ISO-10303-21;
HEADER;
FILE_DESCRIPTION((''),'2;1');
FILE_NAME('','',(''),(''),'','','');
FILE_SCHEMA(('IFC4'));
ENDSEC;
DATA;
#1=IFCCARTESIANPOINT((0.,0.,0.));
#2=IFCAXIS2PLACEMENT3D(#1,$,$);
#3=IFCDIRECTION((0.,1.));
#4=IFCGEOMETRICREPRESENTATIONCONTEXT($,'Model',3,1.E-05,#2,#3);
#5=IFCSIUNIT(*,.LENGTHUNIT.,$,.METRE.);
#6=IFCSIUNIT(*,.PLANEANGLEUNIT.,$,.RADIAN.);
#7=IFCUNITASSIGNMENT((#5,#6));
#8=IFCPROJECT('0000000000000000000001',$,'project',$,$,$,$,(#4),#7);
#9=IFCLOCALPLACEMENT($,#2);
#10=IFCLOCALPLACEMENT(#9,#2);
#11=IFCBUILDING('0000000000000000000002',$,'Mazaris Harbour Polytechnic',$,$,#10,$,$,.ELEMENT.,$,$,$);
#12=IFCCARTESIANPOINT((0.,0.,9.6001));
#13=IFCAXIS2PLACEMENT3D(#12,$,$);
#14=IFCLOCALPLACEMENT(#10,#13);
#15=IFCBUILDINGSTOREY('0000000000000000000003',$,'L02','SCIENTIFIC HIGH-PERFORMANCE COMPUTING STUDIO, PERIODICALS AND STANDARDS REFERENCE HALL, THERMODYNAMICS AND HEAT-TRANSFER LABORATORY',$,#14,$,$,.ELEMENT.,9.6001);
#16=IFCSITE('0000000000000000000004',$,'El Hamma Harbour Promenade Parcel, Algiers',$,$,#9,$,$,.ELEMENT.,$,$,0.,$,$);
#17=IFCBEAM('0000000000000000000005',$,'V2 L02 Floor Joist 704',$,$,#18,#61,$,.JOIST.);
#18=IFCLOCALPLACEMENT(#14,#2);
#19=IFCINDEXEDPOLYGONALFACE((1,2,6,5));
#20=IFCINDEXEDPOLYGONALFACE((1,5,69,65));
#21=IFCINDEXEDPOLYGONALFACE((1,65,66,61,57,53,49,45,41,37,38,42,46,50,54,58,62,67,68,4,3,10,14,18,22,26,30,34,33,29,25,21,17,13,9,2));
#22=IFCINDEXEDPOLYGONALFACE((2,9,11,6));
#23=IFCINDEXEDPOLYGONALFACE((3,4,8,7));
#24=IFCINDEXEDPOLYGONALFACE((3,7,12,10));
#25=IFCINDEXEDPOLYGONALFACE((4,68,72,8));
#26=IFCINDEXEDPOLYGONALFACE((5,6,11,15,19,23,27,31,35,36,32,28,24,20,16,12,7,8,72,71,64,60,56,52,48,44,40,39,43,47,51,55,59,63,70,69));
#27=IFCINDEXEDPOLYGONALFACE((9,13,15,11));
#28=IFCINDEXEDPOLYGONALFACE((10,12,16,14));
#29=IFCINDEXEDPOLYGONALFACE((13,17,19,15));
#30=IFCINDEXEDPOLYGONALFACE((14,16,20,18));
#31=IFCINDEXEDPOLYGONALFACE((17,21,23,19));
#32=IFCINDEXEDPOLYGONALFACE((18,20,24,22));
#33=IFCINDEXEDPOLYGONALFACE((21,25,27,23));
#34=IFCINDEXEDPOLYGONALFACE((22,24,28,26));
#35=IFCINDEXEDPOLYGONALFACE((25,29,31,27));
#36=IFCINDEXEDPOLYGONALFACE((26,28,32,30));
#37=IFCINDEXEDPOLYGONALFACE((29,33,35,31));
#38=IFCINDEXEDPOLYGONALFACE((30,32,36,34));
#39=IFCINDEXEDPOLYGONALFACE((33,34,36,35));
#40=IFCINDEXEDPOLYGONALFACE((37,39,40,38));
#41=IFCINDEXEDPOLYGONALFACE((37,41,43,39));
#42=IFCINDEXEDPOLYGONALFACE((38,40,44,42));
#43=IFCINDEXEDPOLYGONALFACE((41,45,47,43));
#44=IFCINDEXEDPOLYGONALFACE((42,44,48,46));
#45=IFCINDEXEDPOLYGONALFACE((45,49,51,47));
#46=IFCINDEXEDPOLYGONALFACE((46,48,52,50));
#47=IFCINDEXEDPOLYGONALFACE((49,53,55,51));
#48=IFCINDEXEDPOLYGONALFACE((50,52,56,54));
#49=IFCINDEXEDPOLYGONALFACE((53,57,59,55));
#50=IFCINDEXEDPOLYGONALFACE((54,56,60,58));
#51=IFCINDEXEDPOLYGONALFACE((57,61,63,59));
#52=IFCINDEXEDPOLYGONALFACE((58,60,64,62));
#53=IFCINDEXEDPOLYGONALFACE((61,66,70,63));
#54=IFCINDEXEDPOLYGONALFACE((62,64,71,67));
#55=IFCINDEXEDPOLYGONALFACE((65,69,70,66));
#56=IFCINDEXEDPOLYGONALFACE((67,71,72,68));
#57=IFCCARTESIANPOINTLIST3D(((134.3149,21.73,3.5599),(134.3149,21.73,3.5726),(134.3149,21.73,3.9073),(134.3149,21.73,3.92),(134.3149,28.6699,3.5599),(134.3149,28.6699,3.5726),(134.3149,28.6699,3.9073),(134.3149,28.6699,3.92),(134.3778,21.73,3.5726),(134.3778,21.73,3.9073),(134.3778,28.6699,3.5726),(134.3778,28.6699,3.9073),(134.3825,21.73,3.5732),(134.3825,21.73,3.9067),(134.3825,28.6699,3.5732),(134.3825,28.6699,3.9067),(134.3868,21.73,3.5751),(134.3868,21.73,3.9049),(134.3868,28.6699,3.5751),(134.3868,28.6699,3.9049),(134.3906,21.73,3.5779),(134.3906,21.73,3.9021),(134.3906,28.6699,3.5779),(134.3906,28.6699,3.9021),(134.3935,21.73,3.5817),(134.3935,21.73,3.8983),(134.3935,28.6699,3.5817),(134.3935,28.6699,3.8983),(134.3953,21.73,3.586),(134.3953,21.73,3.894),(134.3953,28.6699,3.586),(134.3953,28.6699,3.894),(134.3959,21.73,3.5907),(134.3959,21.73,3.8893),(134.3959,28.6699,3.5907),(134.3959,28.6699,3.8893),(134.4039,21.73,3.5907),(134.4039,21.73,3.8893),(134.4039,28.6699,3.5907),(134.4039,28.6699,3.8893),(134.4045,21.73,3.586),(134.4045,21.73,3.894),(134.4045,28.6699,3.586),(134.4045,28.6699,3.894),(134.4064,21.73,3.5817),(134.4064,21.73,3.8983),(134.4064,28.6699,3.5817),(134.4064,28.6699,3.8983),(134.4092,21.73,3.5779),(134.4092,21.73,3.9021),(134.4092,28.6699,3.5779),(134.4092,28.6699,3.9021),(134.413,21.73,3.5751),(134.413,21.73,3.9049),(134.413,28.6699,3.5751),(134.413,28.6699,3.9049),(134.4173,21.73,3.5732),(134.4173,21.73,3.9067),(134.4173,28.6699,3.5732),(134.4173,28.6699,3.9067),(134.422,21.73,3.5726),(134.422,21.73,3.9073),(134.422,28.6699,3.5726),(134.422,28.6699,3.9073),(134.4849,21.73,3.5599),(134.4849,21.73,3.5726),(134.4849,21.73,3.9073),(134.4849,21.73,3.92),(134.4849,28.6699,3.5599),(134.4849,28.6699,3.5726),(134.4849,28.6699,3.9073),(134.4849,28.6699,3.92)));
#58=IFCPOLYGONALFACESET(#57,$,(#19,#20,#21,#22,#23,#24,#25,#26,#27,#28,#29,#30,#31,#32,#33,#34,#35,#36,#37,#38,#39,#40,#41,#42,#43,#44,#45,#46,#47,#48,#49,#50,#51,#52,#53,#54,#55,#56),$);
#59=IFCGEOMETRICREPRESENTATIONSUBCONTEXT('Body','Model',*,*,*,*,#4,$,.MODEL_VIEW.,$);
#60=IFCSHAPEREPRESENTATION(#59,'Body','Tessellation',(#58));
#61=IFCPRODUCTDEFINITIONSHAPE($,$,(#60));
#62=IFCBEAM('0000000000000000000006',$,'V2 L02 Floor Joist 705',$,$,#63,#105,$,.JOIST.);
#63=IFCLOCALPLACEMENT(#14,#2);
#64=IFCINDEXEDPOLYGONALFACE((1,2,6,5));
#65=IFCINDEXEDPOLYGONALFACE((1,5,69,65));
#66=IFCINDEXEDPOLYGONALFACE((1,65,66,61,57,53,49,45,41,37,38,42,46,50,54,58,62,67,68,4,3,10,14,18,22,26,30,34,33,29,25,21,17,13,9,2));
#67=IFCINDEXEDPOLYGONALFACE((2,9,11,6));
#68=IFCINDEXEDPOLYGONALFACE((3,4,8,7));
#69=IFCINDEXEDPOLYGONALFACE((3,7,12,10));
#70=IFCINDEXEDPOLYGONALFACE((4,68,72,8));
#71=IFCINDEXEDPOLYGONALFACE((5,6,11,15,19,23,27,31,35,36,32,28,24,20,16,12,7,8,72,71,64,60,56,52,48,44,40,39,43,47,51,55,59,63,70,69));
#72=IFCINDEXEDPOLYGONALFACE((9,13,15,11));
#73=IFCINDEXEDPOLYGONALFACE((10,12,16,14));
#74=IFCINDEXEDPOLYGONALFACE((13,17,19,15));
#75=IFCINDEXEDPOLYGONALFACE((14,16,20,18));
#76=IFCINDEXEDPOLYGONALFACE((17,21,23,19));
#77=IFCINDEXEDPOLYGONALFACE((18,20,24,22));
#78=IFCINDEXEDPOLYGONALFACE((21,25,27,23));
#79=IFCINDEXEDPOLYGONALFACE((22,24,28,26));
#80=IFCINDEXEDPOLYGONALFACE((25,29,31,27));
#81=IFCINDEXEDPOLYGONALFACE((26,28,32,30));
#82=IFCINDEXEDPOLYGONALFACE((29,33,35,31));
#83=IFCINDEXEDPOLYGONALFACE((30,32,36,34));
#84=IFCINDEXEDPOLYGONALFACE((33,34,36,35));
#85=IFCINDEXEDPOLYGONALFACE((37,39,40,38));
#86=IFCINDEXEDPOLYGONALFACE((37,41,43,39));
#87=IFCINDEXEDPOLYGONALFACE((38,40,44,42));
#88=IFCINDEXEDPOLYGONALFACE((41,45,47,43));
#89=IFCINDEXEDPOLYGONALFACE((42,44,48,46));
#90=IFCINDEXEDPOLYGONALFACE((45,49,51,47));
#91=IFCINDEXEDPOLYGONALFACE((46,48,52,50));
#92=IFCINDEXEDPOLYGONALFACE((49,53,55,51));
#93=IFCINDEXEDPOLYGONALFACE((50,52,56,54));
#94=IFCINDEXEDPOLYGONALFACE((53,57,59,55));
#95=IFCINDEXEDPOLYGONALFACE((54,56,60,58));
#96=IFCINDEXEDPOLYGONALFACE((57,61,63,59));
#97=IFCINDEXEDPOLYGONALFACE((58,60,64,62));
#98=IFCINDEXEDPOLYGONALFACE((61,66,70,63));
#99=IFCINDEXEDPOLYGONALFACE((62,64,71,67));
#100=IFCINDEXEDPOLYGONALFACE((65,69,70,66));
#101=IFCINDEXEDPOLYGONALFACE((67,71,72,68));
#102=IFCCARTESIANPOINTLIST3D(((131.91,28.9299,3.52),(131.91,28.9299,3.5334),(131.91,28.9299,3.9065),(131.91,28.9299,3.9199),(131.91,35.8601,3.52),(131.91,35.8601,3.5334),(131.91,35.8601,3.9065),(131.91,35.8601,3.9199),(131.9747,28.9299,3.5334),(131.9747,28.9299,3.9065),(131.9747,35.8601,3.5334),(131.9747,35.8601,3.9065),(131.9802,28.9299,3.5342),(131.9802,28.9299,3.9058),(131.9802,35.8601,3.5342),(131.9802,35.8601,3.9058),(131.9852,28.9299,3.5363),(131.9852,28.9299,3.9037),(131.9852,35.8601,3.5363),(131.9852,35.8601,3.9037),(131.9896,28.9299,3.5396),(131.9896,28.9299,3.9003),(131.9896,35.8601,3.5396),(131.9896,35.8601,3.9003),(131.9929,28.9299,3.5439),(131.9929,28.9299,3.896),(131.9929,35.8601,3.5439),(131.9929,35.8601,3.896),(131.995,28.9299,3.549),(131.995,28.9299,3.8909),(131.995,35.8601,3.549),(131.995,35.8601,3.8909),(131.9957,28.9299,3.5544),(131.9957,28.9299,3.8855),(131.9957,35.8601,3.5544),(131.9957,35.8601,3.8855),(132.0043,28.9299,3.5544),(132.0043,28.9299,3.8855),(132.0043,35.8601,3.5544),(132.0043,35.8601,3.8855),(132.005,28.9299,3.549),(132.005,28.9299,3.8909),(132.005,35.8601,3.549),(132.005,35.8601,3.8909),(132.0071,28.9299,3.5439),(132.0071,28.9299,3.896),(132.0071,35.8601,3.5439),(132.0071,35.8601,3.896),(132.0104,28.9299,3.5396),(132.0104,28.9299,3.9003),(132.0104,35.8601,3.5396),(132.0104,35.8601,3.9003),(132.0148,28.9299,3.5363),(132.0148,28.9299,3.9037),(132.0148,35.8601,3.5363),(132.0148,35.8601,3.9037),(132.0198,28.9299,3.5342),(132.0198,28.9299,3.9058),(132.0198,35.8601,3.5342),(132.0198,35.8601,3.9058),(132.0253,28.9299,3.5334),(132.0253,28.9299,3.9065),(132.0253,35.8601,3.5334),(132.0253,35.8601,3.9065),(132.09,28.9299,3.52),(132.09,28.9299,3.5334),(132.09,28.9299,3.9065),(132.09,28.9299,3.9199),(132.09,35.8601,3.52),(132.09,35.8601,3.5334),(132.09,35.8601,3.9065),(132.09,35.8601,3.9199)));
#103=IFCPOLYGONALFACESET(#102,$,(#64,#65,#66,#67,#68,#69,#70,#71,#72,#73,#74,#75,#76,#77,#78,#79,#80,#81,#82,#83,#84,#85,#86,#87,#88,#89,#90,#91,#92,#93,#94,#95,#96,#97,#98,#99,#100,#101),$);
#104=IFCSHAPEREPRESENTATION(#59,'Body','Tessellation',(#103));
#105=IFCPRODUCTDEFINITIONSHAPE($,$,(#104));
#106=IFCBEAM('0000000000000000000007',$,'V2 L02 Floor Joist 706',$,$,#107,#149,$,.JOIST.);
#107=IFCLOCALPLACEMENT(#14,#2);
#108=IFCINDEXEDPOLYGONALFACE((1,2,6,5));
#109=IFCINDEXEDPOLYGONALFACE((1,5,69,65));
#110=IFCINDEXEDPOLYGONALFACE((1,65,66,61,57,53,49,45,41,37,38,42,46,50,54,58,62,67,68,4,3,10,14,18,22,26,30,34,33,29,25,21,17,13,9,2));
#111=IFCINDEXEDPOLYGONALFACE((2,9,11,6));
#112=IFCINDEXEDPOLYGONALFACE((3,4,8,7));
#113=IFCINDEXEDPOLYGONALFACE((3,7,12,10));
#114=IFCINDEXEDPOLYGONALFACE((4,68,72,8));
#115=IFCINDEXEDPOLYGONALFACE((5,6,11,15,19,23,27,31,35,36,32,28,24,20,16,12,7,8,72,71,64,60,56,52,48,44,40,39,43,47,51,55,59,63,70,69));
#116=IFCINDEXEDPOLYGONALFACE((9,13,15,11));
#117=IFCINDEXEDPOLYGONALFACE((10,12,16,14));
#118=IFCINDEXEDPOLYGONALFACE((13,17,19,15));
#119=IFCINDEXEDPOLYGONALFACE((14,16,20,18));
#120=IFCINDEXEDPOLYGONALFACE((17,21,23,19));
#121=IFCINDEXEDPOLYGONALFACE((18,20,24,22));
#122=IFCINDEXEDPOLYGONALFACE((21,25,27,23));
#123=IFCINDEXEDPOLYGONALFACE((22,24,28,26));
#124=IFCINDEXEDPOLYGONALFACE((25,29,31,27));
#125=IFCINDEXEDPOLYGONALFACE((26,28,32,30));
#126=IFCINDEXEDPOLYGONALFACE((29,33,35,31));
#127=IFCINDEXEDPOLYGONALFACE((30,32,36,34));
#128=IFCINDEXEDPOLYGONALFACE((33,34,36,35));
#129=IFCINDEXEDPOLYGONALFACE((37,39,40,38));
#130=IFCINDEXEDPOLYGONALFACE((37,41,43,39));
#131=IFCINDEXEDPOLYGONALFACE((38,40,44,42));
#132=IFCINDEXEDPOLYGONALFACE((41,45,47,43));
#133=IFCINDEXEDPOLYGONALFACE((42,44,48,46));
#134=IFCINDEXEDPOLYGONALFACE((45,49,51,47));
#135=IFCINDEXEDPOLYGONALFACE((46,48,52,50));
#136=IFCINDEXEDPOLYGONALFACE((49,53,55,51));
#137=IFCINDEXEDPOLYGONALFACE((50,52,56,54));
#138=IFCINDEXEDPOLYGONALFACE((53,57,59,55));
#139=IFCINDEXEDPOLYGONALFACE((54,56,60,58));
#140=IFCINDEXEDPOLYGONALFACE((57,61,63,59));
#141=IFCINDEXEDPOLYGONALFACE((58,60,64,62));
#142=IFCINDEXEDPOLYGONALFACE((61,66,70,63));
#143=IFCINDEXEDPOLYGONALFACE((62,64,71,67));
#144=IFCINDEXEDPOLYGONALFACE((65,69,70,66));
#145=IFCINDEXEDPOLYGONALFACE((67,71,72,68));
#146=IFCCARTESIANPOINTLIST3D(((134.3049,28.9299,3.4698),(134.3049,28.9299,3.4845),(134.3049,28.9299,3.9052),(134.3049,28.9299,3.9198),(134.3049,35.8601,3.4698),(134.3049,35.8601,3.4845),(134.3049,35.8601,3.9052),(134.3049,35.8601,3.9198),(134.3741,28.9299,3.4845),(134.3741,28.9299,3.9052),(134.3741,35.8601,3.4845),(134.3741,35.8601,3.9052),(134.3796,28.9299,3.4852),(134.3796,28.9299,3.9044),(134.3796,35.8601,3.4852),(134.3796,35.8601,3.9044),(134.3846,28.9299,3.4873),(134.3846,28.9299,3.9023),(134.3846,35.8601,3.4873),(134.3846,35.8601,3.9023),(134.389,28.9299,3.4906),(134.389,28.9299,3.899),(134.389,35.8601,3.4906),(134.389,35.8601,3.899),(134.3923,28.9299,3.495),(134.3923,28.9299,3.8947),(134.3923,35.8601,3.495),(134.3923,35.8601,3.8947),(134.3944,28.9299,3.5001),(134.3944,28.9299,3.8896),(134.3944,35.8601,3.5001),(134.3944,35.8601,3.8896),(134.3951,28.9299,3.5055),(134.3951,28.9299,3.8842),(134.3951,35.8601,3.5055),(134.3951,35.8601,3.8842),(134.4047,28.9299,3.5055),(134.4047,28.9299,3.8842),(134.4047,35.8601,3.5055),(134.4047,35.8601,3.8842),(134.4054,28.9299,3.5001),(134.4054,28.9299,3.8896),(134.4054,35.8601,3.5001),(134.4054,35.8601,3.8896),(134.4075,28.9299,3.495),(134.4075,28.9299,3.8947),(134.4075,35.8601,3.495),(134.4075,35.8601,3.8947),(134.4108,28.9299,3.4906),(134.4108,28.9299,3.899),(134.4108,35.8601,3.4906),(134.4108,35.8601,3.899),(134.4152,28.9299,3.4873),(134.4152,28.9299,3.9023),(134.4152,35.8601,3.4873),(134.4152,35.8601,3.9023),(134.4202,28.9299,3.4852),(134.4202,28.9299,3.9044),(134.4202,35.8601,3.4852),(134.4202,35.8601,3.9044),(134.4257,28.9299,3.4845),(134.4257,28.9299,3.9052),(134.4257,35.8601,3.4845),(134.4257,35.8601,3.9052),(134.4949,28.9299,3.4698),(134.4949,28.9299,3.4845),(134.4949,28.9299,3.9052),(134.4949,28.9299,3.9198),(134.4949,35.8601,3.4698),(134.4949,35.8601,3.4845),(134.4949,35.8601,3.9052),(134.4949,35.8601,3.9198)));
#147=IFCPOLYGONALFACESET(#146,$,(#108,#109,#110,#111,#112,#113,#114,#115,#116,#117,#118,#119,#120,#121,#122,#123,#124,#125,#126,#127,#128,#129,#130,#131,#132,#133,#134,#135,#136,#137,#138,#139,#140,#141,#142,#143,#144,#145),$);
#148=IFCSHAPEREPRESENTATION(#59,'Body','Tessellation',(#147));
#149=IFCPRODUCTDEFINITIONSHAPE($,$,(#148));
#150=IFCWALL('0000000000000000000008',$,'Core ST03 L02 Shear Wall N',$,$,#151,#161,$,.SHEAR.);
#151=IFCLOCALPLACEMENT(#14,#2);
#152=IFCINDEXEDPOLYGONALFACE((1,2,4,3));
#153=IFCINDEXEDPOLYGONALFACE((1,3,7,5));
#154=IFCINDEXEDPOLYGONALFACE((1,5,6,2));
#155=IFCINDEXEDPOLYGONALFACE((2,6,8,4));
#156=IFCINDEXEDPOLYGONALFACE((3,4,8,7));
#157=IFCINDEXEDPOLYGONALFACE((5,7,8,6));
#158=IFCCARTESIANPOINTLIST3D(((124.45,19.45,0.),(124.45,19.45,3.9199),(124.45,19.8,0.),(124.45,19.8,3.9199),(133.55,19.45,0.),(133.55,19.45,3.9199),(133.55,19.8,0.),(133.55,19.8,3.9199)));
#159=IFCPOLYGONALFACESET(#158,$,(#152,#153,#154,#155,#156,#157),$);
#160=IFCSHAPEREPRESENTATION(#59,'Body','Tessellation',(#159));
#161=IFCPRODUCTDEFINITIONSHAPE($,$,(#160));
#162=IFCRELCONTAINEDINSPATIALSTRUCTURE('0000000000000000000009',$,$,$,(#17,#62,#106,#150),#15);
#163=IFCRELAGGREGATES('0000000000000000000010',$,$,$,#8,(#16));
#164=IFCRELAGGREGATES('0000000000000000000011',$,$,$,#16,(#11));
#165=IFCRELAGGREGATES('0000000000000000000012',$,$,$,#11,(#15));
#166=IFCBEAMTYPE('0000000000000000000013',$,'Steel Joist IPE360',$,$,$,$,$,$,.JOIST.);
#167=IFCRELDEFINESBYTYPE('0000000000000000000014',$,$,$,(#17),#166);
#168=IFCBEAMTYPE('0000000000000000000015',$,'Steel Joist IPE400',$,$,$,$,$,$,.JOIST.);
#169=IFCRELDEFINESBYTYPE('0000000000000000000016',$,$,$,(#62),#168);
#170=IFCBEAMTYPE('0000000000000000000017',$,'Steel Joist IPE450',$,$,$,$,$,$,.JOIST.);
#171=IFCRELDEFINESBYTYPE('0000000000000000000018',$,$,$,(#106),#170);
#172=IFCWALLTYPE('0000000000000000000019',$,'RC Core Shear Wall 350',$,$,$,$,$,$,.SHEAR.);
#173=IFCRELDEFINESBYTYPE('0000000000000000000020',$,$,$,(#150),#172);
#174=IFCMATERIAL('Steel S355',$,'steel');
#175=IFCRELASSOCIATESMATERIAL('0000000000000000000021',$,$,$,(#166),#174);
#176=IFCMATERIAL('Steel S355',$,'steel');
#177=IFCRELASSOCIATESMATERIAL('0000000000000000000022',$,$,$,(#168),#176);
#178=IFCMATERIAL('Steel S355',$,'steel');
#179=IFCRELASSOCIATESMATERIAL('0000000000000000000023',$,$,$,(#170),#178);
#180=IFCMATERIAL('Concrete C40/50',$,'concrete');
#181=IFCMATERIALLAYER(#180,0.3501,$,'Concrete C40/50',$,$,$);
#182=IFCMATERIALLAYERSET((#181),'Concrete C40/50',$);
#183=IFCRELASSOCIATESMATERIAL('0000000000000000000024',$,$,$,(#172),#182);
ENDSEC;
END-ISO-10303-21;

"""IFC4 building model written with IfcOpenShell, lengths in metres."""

from ifc_helpers import new_model, si_unit, direction, frame, frame_2d, origin, origin_2d, place, context, subcontext, project, spatial, rectangle, i_section, extrude, material, layer, layer_set, material_profile, profile_set, type_object, element, save


model = new_model("IFC4")

# Units and contexts
model_context = context("Model", 3, precision=1e-05, world=origin(), true_north=direction((0.0, 1.0)))
body_context = subcontext(model_context, "Body", "Model", "MODEL_VIEW")
ifc_project = project(units=[si_unit("LENGTHUNIT", "METRE"), si_unit("PLANEANGLEUNIT", "RADIAN")], contexts=[model_context])

# Site, building, storey
site_placement = place(None, origin())
site = spatial("IfcSite", under=ifc_project, at=site_placement, Name="El Hamma Harbour Promenade Parcel, Algiers", CompositionType="ELEMENT", RefElevation=0.0)
building_placement = place(site_placement, origin())
building = spatial("IfcBuilding", under=site, at=building_placement, Name="Mazaris Harbour Polytechnic", CompositionType="ELEMENT")
storey_placement = place(building_placement, frame((0.0, 0.0, 9.6001)))
storey = spatial("IfcBuildingStorey", under=building, at=storey_placement, Name="L02", Description="SCIENTIFIC HIGH-PERFORMANCE COMPUTING STUDIO, PERIODICALS AND STANDARDS REFERENCE HALL, THERMODYNAMICS AND HEAT-TRANSFER LABORATORY", CompositionType="ELEMENT", Elevation=9.6001)

# Beams
ifc_material_1 = material(Name="Steel S355", Category="steel")
ifc_material_profile_1 = material_profile(ifc_material_1, i_section(OverallWidth=0.1699, OverallDepth=0.3601, WebThickness=0.0081, FlangeThickness=0.0127, FilletRadius=0.0181, at=origin_2d()), Name="IPE 360")
ifc_profile_set_1 = profile_set([ifc_material_profile_1], Name="Steel S355")
beam_type_1 = type_object("IfcBeamType", Name="Steel Joist IPE360", PredefinedType="JOIST", material=ifc_profile_set_1)
beam_1_placement = place(storey_placement, frame((134.3999, 21.73, 3.74), z_axis=(0.0, 1.0, 0.0), x_axis=(-1.0, 0.0, 0.0)))
element("IfcBeam", 1, at=beam_1_placement, inside=storey, type_object=beam_type_1, Name="V2 L02 Floor Joist 704", PredefinedType="JOIST", context=body_context, shape_type="SweptSolid", body=[
    extrude(i_section(OverallWidth=0.1699, OverallDepth=0.3601, WebThickness=0.0081, FlangeThickness=0.0127, FilletRadius=0.0181, at=origin_2d()), origin(), (0.0, 0.0, 1.0), 6.9399),
])
ifc_material_2 = material(Name="Steel S355", Category="steel")
ifc_material_profile_2 = material_profile(ifc_material_2, i_section(OverallWidth=0.1799, OverallDepth=0.3999, WebThickness=0.0085, FlangeThickness=0.0134, FilletRadius=0.021, at=origin_2d()), Name="IPE 400")
ifc_profile_set_2 = profile_set([ifc_material_profile_2], Name="Steel S355")
beam_type_2 = type_object("IfcBeamType", Name="Steel Joist IPE400", PredefinedType="JOIST", material=ifc_profile_set_2)
beam_2_placement = place(storey_placement, frame((132.0, 28.9299, 3.72), z_axis=(0.0, 1.0, 0.0), x_axis=(-1.0, 0.0, 0.0)))
element("IfcBeam", 2, at=beam_2_placement, inside=storey, type_object=beam_type_2, Name="V2 L02 Floor Joist 705", PredefinedType="JOIST", context=body_context, shape_type="SweptSolid", body=[
    extrude(i_section(OverallWidth=0.1799, OverallDepth=0.3999, WebThickness=0.0085, FlangeThickness=0.0134, FilletRadius=0.021, at=origin_2d()), origin(), (0.0, 0.0, 1.0), 6.9302),
])
ifc_material_3 = material(Name="Steel S355", Category="steel")
ifc_material_profile_3 = material_profile(ifc_material_3, i_section(OverallWidth=0.1899, OverallDepth=0.45, WebThickness=0.0095, FlangeThickness=0.0146, FilletRadius=0.021, at=origin_2d()), Name="IPE 450")
ifc_profile_set_3 = profile_set([ifc_material_profile_3], Name="Steel S355")
beam_type_3 = type_object("IfcBeamType", Name="Steel Joist IPE450", PredefinedType="JOIST", material=ifc_profile_set_3)
beam_3_placement = place(storey_placement, frame((134.3999, 28.9299, 3.6948), z_axis=(0.0, 1.0, 0.0), x_axis=(-1.0, 0.0, 0.0)))
element("IfcBeam", 3, at=beam_3_placement, inside=storey, type_object=beam_type_3, Name="V2 L02 Floor Joist 706", PredefinedType="JOIST", context=body_context, shape_type="SweptSolid", body=[
    extrude(i_section(OverallWidth=0.1899, OverallDepth=0.45, WebThickness=0.0095, FlangeThickness=0.0146, FilletRadius=0.021, at=origin_2d()), origin(), (0.0, 0.0, 1.0), 6.9302),
])

# Wall
ifc_material_4 = material(Name="Concrete C40/50", Category="concrete")
ifc_layer = layer(ifc_material_4, 0.3501, Name="Concrete C40/50")
ifc_layer_set = layer_set([ifc_layer], Name="Concrete C40/50")
wall_type = type_object("IfcWallType", Name="RC Core Shear Wall 350", PredefinedType="SHEAR", material=ifc_layer_set)
wall_placement = place(storey_placement, frame((133.55, 19.625, 0.0), z_axis=(0.0, 0.0, 1.0), x_axis=(-1.0, 0.0, 0.0)))
element("IfcWall", 4, at=wall_placement, inside=storey, type_object=wall_type, Name="Core ST03 L02 Shear Wall N", PredefinedType="SHEAR", context=body_context, shape_type="SweptSolid", body=[
    extrude(rectangle(XDim=9.1001, YDim=0.3501, at=frame_2d((4.55, 0.0))), origin(), (0.0, 0.0, 1.0), 3.9199),
])

save(model, "model.ifc")
